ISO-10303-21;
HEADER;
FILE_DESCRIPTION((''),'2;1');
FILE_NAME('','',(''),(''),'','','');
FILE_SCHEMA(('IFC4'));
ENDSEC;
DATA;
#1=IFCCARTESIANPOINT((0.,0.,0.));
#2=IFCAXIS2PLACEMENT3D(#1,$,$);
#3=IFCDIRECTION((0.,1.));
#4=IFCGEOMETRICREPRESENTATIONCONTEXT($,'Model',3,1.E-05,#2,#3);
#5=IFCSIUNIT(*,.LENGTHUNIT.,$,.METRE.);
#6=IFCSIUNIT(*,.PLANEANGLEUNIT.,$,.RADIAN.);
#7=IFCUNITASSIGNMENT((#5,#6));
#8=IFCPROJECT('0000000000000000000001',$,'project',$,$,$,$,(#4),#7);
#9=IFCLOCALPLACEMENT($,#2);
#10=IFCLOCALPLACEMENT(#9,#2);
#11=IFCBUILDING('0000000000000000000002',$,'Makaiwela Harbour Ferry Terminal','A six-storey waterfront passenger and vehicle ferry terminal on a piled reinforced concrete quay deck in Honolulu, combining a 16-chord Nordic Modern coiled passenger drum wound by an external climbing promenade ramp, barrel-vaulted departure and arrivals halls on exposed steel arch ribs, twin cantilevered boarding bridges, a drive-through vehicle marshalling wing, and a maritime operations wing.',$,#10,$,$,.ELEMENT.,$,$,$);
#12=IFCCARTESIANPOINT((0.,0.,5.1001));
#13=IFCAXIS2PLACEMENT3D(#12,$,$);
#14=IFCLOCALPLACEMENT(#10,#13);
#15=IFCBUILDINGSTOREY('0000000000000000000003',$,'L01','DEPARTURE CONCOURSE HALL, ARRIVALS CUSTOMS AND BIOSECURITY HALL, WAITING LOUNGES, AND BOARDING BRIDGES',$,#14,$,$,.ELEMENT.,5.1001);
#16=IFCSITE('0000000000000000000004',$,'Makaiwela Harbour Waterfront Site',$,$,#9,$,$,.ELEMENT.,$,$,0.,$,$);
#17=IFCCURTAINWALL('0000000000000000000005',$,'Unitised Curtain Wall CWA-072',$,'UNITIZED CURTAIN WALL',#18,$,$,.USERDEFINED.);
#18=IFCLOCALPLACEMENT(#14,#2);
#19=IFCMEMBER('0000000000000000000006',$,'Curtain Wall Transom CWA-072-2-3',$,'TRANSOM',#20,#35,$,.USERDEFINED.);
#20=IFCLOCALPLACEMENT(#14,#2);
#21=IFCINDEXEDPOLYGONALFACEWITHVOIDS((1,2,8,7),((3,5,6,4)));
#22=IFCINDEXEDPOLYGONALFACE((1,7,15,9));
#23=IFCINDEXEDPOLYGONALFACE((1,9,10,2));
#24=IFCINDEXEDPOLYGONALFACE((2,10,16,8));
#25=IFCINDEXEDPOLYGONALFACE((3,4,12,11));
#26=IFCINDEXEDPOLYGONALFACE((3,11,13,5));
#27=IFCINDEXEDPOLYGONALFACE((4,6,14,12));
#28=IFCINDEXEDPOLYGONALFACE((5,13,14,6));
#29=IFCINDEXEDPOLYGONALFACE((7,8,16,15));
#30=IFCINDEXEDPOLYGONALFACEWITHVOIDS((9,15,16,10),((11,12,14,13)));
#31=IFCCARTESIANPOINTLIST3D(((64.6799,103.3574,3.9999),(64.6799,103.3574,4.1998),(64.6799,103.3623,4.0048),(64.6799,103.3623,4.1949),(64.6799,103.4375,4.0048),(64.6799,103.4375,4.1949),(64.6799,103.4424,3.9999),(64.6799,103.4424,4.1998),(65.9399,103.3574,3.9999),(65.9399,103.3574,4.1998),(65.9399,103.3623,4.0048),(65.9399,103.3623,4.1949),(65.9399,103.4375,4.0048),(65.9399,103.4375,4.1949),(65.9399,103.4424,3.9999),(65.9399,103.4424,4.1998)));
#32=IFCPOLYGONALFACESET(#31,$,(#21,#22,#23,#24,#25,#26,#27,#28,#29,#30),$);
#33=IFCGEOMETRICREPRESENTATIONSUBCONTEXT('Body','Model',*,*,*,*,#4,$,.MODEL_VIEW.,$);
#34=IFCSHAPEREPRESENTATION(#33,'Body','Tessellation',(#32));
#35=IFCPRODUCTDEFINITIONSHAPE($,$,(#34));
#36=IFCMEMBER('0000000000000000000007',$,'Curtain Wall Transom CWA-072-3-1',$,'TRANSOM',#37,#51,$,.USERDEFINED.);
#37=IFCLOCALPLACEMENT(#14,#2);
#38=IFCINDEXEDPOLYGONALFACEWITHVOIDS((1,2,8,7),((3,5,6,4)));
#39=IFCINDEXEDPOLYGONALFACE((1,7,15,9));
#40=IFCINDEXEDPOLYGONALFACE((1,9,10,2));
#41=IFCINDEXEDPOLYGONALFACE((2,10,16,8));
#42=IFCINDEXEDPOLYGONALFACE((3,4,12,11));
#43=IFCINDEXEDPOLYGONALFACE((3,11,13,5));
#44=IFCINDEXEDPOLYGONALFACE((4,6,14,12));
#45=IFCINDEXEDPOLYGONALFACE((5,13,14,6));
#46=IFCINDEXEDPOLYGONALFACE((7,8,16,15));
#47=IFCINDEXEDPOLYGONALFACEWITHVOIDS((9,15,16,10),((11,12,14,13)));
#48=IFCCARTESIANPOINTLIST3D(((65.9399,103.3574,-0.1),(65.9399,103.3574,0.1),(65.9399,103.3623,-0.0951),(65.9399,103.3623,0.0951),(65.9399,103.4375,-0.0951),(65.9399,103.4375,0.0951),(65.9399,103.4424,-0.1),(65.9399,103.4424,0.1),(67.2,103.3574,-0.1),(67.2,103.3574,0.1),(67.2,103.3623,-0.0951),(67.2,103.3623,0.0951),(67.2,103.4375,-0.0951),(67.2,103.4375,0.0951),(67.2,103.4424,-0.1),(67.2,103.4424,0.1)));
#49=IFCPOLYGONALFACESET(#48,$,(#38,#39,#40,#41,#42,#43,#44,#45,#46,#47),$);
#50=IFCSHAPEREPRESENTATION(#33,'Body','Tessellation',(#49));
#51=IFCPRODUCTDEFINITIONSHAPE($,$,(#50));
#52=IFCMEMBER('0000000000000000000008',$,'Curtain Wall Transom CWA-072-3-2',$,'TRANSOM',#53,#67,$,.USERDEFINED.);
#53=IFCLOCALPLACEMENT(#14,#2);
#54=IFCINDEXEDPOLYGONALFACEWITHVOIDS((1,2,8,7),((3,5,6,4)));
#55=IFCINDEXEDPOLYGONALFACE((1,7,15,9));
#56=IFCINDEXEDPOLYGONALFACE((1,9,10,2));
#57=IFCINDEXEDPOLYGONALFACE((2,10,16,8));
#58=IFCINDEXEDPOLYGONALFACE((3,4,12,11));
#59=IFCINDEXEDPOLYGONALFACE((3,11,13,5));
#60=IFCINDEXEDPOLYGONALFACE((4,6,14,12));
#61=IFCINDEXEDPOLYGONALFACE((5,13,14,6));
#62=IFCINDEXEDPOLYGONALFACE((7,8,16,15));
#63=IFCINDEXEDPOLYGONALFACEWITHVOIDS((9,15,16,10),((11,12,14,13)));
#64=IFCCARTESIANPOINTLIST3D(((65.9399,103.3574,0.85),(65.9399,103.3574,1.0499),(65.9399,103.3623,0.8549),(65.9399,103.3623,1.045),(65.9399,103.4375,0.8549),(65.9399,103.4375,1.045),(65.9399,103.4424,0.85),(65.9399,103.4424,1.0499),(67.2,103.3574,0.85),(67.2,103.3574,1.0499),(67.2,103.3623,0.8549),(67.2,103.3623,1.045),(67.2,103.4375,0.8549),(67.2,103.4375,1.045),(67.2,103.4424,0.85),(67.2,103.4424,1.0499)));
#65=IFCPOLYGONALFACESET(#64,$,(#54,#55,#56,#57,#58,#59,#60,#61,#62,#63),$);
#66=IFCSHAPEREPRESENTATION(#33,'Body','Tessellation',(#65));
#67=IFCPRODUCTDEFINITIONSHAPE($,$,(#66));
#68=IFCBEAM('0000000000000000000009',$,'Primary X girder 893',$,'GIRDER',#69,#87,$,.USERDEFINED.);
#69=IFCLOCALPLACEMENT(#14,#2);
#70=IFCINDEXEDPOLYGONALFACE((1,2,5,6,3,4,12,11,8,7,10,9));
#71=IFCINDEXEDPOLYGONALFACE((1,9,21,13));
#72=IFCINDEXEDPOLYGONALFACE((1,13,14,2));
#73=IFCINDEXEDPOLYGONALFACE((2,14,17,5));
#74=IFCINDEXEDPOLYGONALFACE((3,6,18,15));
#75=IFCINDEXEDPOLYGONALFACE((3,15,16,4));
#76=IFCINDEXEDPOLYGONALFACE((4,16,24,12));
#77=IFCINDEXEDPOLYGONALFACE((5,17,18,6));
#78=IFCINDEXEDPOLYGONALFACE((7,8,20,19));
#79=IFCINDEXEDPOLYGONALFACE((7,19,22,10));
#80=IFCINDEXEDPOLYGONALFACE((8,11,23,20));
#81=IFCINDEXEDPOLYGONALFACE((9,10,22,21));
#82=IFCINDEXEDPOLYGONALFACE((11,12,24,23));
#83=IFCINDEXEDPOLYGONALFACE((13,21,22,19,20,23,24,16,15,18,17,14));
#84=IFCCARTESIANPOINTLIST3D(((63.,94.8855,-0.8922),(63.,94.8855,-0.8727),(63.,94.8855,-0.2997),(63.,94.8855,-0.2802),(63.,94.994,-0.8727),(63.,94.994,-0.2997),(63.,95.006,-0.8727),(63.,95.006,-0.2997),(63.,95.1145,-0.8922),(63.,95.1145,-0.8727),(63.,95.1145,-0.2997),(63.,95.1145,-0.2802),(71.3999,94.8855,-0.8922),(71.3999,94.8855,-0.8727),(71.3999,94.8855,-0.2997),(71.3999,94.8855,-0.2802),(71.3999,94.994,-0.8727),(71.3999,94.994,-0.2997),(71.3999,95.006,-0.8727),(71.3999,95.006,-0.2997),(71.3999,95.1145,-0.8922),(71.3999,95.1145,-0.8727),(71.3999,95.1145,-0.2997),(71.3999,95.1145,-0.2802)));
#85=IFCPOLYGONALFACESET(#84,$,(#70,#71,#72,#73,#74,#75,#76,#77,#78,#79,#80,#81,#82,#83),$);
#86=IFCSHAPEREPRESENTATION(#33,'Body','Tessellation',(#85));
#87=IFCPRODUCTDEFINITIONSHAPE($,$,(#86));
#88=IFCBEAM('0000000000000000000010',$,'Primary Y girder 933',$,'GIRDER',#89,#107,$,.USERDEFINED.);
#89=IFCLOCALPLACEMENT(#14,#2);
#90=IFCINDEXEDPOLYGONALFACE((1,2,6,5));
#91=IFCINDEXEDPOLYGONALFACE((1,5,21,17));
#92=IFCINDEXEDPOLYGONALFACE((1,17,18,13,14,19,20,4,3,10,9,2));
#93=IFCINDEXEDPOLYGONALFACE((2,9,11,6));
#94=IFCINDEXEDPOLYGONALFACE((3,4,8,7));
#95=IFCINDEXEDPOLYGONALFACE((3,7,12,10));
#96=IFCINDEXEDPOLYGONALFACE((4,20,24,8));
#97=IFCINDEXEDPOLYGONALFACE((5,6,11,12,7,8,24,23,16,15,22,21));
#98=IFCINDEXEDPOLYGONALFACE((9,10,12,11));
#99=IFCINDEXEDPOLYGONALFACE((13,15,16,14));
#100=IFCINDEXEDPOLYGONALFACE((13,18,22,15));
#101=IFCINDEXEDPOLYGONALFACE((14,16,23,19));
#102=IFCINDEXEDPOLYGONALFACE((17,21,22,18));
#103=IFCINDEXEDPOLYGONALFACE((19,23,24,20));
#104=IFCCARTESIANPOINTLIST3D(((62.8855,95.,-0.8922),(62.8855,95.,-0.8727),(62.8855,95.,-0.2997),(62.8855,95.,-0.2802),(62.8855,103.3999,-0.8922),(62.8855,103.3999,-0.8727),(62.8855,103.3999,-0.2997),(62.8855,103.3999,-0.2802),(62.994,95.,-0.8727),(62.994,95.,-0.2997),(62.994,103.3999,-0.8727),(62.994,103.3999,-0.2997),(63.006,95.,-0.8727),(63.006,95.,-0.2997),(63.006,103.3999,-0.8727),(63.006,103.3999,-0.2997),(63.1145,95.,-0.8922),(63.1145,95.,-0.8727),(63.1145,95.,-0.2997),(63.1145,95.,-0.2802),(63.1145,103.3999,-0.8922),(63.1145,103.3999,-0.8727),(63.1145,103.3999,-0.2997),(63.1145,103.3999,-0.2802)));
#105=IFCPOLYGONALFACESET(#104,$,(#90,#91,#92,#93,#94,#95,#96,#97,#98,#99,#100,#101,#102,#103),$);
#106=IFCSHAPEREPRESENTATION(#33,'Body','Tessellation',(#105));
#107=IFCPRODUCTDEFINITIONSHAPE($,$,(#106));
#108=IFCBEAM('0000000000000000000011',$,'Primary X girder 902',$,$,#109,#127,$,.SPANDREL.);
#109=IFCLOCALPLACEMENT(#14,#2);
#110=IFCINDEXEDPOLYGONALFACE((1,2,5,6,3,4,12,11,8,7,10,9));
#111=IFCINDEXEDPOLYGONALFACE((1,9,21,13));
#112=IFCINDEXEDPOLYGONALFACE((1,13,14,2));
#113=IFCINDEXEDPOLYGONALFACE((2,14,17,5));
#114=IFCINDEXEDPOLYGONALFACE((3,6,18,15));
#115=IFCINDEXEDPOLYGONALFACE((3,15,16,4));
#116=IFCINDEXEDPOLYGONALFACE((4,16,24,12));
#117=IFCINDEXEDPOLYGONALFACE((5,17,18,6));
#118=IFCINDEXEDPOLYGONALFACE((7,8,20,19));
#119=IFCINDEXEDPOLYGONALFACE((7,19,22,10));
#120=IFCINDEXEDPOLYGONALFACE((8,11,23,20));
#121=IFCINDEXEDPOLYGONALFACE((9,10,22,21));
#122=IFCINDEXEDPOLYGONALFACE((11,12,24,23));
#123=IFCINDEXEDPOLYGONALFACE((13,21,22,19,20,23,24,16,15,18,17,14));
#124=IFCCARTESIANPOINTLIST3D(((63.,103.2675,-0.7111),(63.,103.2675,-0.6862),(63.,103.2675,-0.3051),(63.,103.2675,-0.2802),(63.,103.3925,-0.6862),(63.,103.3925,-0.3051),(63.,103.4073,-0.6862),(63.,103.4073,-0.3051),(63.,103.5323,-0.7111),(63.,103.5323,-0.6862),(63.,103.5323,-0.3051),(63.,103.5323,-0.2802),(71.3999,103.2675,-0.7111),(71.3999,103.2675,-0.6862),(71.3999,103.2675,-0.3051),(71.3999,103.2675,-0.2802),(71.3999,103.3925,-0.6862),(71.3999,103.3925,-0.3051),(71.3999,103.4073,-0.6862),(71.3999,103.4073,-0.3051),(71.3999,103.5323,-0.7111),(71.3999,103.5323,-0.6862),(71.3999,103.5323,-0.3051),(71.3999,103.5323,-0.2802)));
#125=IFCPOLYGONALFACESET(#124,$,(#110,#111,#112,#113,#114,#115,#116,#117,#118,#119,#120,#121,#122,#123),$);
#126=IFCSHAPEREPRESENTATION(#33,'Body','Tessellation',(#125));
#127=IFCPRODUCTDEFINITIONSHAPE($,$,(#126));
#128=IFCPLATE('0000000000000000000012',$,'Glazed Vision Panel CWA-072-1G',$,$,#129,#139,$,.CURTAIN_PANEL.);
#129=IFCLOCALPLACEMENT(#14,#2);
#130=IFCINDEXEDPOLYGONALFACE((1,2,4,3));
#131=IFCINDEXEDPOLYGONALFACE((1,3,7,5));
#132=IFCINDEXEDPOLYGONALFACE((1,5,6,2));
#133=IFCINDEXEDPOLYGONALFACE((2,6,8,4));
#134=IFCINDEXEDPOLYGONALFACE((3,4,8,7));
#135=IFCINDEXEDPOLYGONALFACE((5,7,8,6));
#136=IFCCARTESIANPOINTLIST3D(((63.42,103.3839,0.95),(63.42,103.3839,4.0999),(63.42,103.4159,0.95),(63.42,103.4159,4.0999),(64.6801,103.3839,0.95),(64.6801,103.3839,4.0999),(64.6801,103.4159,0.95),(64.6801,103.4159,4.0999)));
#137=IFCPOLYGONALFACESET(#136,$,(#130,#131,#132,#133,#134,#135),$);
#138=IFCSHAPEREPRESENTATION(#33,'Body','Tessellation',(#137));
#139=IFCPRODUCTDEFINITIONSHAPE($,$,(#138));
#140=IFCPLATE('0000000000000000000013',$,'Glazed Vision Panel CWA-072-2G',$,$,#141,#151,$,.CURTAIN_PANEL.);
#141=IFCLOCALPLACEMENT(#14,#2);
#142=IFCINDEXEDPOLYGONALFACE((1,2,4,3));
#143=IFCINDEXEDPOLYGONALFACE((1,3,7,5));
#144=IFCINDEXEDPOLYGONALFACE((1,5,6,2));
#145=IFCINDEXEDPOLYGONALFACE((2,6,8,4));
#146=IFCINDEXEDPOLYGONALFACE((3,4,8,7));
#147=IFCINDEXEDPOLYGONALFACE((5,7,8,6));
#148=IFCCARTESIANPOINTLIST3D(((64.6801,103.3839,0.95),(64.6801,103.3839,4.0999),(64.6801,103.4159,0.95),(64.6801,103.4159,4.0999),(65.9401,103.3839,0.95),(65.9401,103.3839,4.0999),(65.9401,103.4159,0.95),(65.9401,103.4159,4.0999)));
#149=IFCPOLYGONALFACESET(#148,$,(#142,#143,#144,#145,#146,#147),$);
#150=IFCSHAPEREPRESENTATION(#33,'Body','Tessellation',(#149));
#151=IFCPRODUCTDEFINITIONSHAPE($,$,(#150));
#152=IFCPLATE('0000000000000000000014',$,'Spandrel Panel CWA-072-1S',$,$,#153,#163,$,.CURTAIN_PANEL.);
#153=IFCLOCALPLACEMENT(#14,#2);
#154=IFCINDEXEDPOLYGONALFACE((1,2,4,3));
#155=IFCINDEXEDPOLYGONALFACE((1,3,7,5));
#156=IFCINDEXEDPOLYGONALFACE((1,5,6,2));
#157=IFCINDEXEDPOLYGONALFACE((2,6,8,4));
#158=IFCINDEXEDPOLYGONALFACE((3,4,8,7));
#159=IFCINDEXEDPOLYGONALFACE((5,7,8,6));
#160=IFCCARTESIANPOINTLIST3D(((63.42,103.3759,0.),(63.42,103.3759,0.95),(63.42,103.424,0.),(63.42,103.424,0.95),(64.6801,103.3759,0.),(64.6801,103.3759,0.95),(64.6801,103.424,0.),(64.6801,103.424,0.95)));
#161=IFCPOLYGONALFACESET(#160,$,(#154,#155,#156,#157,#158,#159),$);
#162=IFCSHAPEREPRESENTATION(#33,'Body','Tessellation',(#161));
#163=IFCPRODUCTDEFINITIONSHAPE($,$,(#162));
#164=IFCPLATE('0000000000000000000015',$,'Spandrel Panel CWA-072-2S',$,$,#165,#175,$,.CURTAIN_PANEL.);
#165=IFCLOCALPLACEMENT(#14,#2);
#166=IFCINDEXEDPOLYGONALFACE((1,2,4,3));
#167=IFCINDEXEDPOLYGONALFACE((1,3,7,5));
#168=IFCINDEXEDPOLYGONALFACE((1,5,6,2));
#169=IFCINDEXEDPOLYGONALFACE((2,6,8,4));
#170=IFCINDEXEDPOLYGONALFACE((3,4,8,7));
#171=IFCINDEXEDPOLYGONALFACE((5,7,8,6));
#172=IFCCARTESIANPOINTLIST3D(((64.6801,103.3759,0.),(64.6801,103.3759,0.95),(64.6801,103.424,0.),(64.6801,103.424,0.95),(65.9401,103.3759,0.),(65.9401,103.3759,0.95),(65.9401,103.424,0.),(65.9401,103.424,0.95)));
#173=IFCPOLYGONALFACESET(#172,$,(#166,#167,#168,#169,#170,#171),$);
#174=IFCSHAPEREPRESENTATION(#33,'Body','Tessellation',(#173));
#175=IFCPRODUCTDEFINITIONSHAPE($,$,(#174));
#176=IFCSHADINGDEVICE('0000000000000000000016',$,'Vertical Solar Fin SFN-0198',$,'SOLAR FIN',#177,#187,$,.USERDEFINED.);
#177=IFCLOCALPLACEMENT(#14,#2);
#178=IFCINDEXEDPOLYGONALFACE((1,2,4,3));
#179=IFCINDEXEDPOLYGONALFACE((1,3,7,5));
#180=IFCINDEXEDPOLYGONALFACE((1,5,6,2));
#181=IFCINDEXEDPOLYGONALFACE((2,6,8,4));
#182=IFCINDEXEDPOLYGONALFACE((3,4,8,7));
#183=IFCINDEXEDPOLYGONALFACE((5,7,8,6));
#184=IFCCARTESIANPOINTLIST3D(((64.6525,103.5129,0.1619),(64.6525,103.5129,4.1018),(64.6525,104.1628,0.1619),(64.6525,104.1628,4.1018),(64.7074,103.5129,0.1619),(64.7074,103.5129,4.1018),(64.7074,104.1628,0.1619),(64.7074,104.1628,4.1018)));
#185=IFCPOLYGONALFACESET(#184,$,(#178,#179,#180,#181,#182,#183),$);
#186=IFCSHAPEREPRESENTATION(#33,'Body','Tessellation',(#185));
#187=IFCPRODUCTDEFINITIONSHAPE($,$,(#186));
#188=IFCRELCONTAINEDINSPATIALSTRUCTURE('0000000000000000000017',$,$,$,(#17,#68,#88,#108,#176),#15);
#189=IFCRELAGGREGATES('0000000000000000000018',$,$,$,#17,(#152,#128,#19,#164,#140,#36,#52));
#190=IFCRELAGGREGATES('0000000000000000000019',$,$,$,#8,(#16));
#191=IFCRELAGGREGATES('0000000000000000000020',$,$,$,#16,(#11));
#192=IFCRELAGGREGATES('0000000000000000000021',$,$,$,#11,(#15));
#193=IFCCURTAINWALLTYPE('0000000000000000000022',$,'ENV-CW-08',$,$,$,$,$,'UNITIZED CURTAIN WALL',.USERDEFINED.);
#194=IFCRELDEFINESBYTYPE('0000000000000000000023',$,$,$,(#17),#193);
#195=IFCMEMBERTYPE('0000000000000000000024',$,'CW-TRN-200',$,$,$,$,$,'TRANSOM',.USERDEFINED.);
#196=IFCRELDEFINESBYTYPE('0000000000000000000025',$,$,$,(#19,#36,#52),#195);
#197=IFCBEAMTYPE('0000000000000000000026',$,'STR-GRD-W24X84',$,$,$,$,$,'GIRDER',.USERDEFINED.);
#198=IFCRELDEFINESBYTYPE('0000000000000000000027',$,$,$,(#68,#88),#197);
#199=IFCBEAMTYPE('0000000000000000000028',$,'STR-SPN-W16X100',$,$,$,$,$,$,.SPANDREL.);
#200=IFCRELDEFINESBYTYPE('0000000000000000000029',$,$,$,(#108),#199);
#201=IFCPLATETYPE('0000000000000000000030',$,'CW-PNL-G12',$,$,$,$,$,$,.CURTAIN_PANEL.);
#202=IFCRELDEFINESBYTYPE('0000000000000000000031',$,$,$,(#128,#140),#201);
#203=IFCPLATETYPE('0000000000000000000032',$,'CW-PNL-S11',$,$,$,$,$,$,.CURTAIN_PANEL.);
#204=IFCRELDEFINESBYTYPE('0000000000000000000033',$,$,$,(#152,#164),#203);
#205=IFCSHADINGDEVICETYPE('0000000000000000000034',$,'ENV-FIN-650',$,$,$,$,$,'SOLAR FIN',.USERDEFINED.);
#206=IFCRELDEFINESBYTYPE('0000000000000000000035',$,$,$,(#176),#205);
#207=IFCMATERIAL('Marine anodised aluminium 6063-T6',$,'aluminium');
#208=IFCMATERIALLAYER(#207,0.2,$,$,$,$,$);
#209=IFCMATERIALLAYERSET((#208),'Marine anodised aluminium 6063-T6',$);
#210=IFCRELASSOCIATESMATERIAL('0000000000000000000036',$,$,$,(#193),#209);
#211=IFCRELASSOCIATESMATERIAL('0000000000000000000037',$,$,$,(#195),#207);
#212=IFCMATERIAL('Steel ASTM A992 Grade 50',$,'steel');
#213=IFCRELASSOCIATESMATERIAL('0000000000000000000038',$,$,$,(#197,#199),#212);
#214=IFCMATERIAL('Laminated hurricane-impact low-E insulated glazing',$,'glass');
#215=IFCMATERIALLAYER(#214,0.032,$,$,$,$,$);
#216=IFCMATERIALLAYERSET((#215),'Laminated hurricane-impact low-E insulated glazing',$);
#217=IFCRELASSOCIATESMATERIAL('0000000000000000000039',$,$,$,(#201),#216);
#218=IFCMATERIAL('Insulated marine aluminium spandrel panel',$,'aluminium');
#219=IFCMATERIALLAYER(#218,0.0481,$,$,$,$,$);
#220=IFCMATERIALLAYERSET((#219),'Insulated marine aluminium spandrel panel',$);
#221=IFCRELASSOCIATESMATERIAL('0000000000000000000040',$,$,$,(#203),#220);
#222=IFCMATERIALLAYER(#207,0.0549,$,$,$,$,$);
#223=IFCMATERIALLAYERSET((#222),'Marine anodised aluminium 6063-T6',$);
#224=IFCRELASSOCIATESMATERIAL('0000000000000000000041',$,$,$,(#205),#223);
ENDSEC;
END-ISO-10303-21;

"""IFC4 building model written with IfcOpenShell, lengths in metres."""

from ifc_helpers import new_model, si_unit, direction, frame, origin, origin_2d, place, context, subcontext, project, spatial, rectangle, hollow_rectangle, i_section, extrude, material, layer, layer_set, material_profile, profile_set, type_object, element, aggregate, save


model = new_model("IFC4")

# Units and contexts
model_context = context("Model", 3, precision=1e-05, world=origin(), true_north=direction((0.0, 1.0)))
body_context = subcontext(model_context, "Body", "Model", "MODEL_VIEW")
ifc_project = project(units=[si_unit("LENGTHUNIT", "METRE"), si_unit("PLANEANGLEUNIT", "RADIAN")], contexts=[model_context])

# Site, building, storey
site_placement = place(None, origin())
site = spatial("IfcSite", under=ifc_project, at=site_placement, Name="Makaiwela Harbour Waterfront Site", CompositionType="ELEMENT", RefElevation=0.0)
building_placement = place(site_placement, origin())
building = spatial("IfcBuilding", under=site, at=building_placement, Name="Makaiwela Harbour Ferry Terminal", Description="A six-storey waterfront passenger and vehicle ferry terminal on a piled reinforced concrete quay deck in Honolulu, combining a 16-chord Nordic Modern coiled passenger drum wound by an external climbing promenade ramp, barrel-vaulted departure and arrivals halls on exposed steel arch ribs, twin cantilevered boarding bridges, a drive-through vehicle marshalling wing, and a maritime operations wing.", CompositionType="ELEMENT")
storey_placement = place(building_placement, frame((0.0, 0.0, 5.1001)))
storey = spatial("IfcBuildingStorey", under=building, at=storey_placement, Name="L01", Description="DEPARTURE CONCOURSE HALL, ARRIVALS CUSTOMS AND BIOSECURITY HALL, WAITING LOUNGES, AND BOARDING BRIDGES", CompositionType="ELEMENT", Elevation=5.1001)

# Shared definitions
ifc_material_1 = material(Name="Steel ASTM A992 Grade 50", Category="steel")

# Curtain wall, members
ifc_material_2 = material(Name="Marine anodised aluminium 6063-T6", Category="aluminium")
ifc_layer_1 = layer(ifc_material_2, 0.2)
ifc_layer_set_1 = layer_set([ifc_layer_1], Name="Marine anodised aluminium 6063-T6")
curtain_wall_type = type_object("IfcCurtainWallType", Name="ENV-CW-08", ElementType="UNITIZED CURTAIN WALL", PredefinedType="USERDEFINED", material=ifc_layer_set_1)
curtain_wall_placement = place(storey_placement, origin())
curtain_wall = element("IfcCurtainWall", 1, at=curtain_wall_placement, inside=storey, type_object=curtain_wall_type, Name="Unitised Curtain Wall CWA-072", ObjectType="UNITIZED CURTAIN WALL", PredefinedType="USERDEFINED")
ifc_material_profile_1 = material_profile(ifc_material_2, hollow_rectangle(XDim=0.085, YDim=0.2, WallThickness=0.0049, at=origin_2d()), Name="CWT-200X85")
ifc_profile_set_1 = profile_set([ifc_material_profile_1], Name="Marine anodised aluminium 6063-T6")
member_type_1 = type_object("IfcMemberType", Name="CW-TRN-200", ElementType="TRANSOM", PredefinedType="USERDEFINED", material=ifc_profile_set_1)
member_1_placement = place(storey_placement, frame((64.6799, 103.3999, 4.0999), z_axis=(1.0, 0.0, 0.0), x_axis=(0.0, 1.0, 0.0)))
member_1 = element("IfcMember", 2, at=member_1_placement, type_object=member_type_1, Name="Curtain Wall Transom CWA-072-2-3", ObjectType="TRANSOM", PredefinedType="USERDEFINED", context=body_context, shape_type="SweptSolid", body=[
    extrude(hollow_rectangle(XDim=0.085, YDim=0.2, WallThickness=0.0049, at=origin_2d()), origin(), (0.0, 0.0, 1.0), 1.26),
])
member_2_placement = place(storey_placement, frame((65.9399, 103.3999, 0.0), z_axis=(1.0, 0.0, 0.0), x_axis=(0.0, 1.0, 0.0)))
member_2 = element("IfcMember", 3, at=member_2_placement, type_object=member_type_1, Name="Curtain Wall Transom CWA-072-3-1", ObjectType="TRANSOM", PredefinedType="USERDEFINED", context=body_context, shape_type="SweptSolid", body=[
    extrude(hollow_rectangle(XDim=0.085, YDim=0.2, WallThickness=0.0049, at=origin_2d()), origin(), (0.0, 0.0, 1.0), 1.26),
])
member_3_placement = place(storey_placement, frame((65.9399, 103.3999, 0.95), z_axis=(1.0, 0.0, 0.0), x_axis=(0.0, 1.0, 0.0)))
member_3 = element("IfcMember", 4, at=member_3_placement, type_object=member_type_1, Name="Curtain Wall Transom CWA-072-3-2", ObjectType="TRANSOM", PredefinedType="USERDEFINED", context=body_context, shape_type="SweptSolid", body=[
    extrude(hollow_rectangle(XDim=0.085, YDim=0.2, WallThickness=0.0049, at=origin_2d()), origin(), (0.0, 0.0, 1.0), 1.26),
])

# Beams
ifc_material_profile_2 = material_profile(ifc_material_1, i_section(OverallWidth=0.229, OverallDepth=0.6121, WebThickness=0.012, FlangeThickness=0.0195, at=origin_2d()), Name="W24X84")
ifc_profile_set_2 = profile_set([ifc_material_profile_2], Name="Steel ASTM A992 Grade 50")
beam_type_1 = type_object("IfcBeamType", Name="STR-GRD-W24X84", ElementType="GIRDER", PredefinedType="USERDEFINED", material=ifc_profile_set_2)
for number, where, z_axis, x_axis, name in (
    (5, (63.0, 95.0, -0.5862), (1.0, 0.0, 0.0), (0.0, 1.0, 0.0), "Primary X girder 893"),
    (6, (63.0, 95.0, -0.5862), (0.0, 1.0, 0.0), (-1.0, 0.0, 0.0), "Primary Y girder 933"),
):
    element("IfcBeam", number, at=place(storey_placement, frame(where, z_axis=z_axis, x_axis=x_axis)), inside=storey, type_object=beam_type_1, Name=name, ObjectType="GIRDER", PredefinedType="USERDEFINED", context=body_context, shape_type="SweptSolid", body=[
        extrude(i_section(OverallWidth=0.229, OverallDepth=0.6121, WebThickness=0.012, FlangeThickness=0.0195, at=origin_2d()), origin(), (0.0, 0.0, 1.0), 8.3999),
    ])
ifc_material_profile_3 = material_profile(ifc_material_1, i_section(OverallWidth=0.2649, OverallDepth=0.4309, WebThickness=0.0149, FlangeThickness=0.0249, at=origin_2d()), Name="W16X100")
ifc_profile_set_3 = profile_set([ifc_material_profile_3], Name="Steel ASTM A992 Grade 50")
beam_type_2 = type_object("IfcBeamType", Name="STR-SPN-W16X100", PredefinedType="SPANDREL", material=ifc_profile_set_3)
beam_placement = place(storey_placement, frame((63.0, 103.3999, -0.4956), z_axis=(1.0, 0.0, 0.0), x_axis=(0.0, 1.0, 0.0)))
element("IfcBeam", 7, at=beam_placement, inside=storey, type_object=beam_type_2, Name="Primary X girder 902", PredefinedType="SPANDREL", context=body_context, shape_type="SweptSolid", body=[
    extrude(i_section(OverallWidth=0.2649, OverallDepth=0.4309, WebThickness=0.0149, FlangeThickness=0.0249, at=origin_2d()), origin(), (0.0, 0.0, 1.0), 8.3999),
])

# Plates
ifc_material_3 = material(Name="Laminated hurricane-impact low-E insulated glazing", Category="glass")
ifc_layer_2 = layer(ifc_material_3, 0.032)
ifc_layer_set_2 = layer_set([ifc_layer_2], Name="Laminated hurricane-impact low-E insulated glazing")
plate_type_1 = type_object("IfcPlateType", Name="CW-PNL-G12", PredefinedType="CURTAIN_PANEL", material=ifc_layer_set_2)
plate_1_placement = place(storey_placement, frame((64.05, 103.3999, 0.95), z_axis=(0.0, 0.0, 1.0), x_axis=(1.0, 0.0, 0.0)))
plate_1 = element("IfcPlate", 8, at=plate_1_placement, type_object=plate_type_1, Name="Glazed Vision Panel CWA-072-1G", PredefinedType="CURTAIN_PANEL", context=body_context, shape_type="SweptSolid", body=[
    extrude(rectangle(XDim=1.26, YDim=0.032, at=origin_2d()), origin(), (0.0, 0.0, 1.0), 3.1499),
])
plate_2_placement = place(storey_placement, frame((65.3101, 103.3999, 0.95), z_axis=(0.0, 0.0, 1.0), x_axis=(1.0, 0.0, 0.0)))
plate_2 = element("IfcPlate", 9, at=plate_2_placement, type_object=plate_type_1, Name="Glazed Vision Panel CWA-072-2G", PredefinedType="CURTAIN_PANEL", context=body_context, shape_type="SweptSolid", body=[
    extrude(rectangle(XDim=1.26, YDim=0.032, at=origin_2d()), origin(), (0.0, 0.0, 1.0), 3.1499),
])
ifc_material_4 = material(Name="Insulated marine aluminium spandrel panel", Category="aluminium")
ifc_layer_3 = layer(ifc_material_4, 0.0481)
ifc_layer_set_3 = layer_set([ifc_layer_3], Name="Insulated marine aluminium spandrel panel")
plate_type_2 = type_object("IfcPlateType", Name="CW-PNL-S11", PredefinedType="CURTAIN_PANEL", material=ifc_layer_set_3)
plate_3_placement = place(storey_placement, frame((64.05, 103.3999, 0.0), z_axis=(0.0, 0.0, 1.0), x_axis=(1.0, 0.0, 0.0)))
plate_3 = element("IfcPlate", 10, at=plate_3_placement, type_object=plate_type_2, Name="Spandrel Panel CWA-072-1S", PredefinedType="CURTAIN_PANEL", context=body_context, shape_type="SweptSolid", body=[
    extrude(rectangle(XDim=1.26, YDim=0.0481, at=origin_2d()), origin(), (0.0, 0.0, 1.0), 0.95),
])
plate_4_placement = place(storey_placement, frame((65.3101, 103.3999, 0.0), z_axis=(0.0, 0.0, 1.0), x_axis=(1.0, 0.0, 0.0)))
plate_4 = element("IfcPlate", 11, at=plate_4_placement, type_object=plate_type_2, Name="Spandrel Panel CWA-072-2S", PredefinedType="CURTAIN_PANEL", context=body_context, shape_type="SweptSolid", body=[
    extrude(rectangle(XDim=1.26, YDim=0.0481, at=origin_2d()), origin(), (0.0, 0.0, 1.0), 0.95),
])
aggregate(curtain_wall, [plate_3, plate_1, member_1, plate_4, plate_2, member_2, member_3])

# Shading device
ifc_layer_4 = layer(ifc_material_2, 0.0549)
ifc_layer_set_4 = layer_set([ifc_layer_4], Name="Marine anodised aluminium 6063-T6")
shading_device_type = type_object("IfcShadingDeviceType", Name="ENV-FIN-650", ElementType="SOLAR FIN", PredefinedType="USERDEFINED", material=ifc_layer_set_4)
shading_device_placement = place(storey_placement, frame((64.6799, 103.8379, 0.1619), z_axis=(0.0, 0.0, 1.0), x_axis=(0.0, 1.0, 0.0)))
element("IfcShadingDevice", 12, at=shading_device_placement, inside=storey, type_object=shading_device_type, Name="Vertical Solar Fin SFN-0198", ObjectType="SOLAR FIN", PredefinedType="USERDEFINED", context=body_context, shape_type="SweptSolid", body=[
    extrude(rectangle(XDim=0.6499, YDim=0.0549, at=origin_2d()), origin(), (0.0, 0.0, 1.0), 3.9399),
])

save(model, "model.ifc")
